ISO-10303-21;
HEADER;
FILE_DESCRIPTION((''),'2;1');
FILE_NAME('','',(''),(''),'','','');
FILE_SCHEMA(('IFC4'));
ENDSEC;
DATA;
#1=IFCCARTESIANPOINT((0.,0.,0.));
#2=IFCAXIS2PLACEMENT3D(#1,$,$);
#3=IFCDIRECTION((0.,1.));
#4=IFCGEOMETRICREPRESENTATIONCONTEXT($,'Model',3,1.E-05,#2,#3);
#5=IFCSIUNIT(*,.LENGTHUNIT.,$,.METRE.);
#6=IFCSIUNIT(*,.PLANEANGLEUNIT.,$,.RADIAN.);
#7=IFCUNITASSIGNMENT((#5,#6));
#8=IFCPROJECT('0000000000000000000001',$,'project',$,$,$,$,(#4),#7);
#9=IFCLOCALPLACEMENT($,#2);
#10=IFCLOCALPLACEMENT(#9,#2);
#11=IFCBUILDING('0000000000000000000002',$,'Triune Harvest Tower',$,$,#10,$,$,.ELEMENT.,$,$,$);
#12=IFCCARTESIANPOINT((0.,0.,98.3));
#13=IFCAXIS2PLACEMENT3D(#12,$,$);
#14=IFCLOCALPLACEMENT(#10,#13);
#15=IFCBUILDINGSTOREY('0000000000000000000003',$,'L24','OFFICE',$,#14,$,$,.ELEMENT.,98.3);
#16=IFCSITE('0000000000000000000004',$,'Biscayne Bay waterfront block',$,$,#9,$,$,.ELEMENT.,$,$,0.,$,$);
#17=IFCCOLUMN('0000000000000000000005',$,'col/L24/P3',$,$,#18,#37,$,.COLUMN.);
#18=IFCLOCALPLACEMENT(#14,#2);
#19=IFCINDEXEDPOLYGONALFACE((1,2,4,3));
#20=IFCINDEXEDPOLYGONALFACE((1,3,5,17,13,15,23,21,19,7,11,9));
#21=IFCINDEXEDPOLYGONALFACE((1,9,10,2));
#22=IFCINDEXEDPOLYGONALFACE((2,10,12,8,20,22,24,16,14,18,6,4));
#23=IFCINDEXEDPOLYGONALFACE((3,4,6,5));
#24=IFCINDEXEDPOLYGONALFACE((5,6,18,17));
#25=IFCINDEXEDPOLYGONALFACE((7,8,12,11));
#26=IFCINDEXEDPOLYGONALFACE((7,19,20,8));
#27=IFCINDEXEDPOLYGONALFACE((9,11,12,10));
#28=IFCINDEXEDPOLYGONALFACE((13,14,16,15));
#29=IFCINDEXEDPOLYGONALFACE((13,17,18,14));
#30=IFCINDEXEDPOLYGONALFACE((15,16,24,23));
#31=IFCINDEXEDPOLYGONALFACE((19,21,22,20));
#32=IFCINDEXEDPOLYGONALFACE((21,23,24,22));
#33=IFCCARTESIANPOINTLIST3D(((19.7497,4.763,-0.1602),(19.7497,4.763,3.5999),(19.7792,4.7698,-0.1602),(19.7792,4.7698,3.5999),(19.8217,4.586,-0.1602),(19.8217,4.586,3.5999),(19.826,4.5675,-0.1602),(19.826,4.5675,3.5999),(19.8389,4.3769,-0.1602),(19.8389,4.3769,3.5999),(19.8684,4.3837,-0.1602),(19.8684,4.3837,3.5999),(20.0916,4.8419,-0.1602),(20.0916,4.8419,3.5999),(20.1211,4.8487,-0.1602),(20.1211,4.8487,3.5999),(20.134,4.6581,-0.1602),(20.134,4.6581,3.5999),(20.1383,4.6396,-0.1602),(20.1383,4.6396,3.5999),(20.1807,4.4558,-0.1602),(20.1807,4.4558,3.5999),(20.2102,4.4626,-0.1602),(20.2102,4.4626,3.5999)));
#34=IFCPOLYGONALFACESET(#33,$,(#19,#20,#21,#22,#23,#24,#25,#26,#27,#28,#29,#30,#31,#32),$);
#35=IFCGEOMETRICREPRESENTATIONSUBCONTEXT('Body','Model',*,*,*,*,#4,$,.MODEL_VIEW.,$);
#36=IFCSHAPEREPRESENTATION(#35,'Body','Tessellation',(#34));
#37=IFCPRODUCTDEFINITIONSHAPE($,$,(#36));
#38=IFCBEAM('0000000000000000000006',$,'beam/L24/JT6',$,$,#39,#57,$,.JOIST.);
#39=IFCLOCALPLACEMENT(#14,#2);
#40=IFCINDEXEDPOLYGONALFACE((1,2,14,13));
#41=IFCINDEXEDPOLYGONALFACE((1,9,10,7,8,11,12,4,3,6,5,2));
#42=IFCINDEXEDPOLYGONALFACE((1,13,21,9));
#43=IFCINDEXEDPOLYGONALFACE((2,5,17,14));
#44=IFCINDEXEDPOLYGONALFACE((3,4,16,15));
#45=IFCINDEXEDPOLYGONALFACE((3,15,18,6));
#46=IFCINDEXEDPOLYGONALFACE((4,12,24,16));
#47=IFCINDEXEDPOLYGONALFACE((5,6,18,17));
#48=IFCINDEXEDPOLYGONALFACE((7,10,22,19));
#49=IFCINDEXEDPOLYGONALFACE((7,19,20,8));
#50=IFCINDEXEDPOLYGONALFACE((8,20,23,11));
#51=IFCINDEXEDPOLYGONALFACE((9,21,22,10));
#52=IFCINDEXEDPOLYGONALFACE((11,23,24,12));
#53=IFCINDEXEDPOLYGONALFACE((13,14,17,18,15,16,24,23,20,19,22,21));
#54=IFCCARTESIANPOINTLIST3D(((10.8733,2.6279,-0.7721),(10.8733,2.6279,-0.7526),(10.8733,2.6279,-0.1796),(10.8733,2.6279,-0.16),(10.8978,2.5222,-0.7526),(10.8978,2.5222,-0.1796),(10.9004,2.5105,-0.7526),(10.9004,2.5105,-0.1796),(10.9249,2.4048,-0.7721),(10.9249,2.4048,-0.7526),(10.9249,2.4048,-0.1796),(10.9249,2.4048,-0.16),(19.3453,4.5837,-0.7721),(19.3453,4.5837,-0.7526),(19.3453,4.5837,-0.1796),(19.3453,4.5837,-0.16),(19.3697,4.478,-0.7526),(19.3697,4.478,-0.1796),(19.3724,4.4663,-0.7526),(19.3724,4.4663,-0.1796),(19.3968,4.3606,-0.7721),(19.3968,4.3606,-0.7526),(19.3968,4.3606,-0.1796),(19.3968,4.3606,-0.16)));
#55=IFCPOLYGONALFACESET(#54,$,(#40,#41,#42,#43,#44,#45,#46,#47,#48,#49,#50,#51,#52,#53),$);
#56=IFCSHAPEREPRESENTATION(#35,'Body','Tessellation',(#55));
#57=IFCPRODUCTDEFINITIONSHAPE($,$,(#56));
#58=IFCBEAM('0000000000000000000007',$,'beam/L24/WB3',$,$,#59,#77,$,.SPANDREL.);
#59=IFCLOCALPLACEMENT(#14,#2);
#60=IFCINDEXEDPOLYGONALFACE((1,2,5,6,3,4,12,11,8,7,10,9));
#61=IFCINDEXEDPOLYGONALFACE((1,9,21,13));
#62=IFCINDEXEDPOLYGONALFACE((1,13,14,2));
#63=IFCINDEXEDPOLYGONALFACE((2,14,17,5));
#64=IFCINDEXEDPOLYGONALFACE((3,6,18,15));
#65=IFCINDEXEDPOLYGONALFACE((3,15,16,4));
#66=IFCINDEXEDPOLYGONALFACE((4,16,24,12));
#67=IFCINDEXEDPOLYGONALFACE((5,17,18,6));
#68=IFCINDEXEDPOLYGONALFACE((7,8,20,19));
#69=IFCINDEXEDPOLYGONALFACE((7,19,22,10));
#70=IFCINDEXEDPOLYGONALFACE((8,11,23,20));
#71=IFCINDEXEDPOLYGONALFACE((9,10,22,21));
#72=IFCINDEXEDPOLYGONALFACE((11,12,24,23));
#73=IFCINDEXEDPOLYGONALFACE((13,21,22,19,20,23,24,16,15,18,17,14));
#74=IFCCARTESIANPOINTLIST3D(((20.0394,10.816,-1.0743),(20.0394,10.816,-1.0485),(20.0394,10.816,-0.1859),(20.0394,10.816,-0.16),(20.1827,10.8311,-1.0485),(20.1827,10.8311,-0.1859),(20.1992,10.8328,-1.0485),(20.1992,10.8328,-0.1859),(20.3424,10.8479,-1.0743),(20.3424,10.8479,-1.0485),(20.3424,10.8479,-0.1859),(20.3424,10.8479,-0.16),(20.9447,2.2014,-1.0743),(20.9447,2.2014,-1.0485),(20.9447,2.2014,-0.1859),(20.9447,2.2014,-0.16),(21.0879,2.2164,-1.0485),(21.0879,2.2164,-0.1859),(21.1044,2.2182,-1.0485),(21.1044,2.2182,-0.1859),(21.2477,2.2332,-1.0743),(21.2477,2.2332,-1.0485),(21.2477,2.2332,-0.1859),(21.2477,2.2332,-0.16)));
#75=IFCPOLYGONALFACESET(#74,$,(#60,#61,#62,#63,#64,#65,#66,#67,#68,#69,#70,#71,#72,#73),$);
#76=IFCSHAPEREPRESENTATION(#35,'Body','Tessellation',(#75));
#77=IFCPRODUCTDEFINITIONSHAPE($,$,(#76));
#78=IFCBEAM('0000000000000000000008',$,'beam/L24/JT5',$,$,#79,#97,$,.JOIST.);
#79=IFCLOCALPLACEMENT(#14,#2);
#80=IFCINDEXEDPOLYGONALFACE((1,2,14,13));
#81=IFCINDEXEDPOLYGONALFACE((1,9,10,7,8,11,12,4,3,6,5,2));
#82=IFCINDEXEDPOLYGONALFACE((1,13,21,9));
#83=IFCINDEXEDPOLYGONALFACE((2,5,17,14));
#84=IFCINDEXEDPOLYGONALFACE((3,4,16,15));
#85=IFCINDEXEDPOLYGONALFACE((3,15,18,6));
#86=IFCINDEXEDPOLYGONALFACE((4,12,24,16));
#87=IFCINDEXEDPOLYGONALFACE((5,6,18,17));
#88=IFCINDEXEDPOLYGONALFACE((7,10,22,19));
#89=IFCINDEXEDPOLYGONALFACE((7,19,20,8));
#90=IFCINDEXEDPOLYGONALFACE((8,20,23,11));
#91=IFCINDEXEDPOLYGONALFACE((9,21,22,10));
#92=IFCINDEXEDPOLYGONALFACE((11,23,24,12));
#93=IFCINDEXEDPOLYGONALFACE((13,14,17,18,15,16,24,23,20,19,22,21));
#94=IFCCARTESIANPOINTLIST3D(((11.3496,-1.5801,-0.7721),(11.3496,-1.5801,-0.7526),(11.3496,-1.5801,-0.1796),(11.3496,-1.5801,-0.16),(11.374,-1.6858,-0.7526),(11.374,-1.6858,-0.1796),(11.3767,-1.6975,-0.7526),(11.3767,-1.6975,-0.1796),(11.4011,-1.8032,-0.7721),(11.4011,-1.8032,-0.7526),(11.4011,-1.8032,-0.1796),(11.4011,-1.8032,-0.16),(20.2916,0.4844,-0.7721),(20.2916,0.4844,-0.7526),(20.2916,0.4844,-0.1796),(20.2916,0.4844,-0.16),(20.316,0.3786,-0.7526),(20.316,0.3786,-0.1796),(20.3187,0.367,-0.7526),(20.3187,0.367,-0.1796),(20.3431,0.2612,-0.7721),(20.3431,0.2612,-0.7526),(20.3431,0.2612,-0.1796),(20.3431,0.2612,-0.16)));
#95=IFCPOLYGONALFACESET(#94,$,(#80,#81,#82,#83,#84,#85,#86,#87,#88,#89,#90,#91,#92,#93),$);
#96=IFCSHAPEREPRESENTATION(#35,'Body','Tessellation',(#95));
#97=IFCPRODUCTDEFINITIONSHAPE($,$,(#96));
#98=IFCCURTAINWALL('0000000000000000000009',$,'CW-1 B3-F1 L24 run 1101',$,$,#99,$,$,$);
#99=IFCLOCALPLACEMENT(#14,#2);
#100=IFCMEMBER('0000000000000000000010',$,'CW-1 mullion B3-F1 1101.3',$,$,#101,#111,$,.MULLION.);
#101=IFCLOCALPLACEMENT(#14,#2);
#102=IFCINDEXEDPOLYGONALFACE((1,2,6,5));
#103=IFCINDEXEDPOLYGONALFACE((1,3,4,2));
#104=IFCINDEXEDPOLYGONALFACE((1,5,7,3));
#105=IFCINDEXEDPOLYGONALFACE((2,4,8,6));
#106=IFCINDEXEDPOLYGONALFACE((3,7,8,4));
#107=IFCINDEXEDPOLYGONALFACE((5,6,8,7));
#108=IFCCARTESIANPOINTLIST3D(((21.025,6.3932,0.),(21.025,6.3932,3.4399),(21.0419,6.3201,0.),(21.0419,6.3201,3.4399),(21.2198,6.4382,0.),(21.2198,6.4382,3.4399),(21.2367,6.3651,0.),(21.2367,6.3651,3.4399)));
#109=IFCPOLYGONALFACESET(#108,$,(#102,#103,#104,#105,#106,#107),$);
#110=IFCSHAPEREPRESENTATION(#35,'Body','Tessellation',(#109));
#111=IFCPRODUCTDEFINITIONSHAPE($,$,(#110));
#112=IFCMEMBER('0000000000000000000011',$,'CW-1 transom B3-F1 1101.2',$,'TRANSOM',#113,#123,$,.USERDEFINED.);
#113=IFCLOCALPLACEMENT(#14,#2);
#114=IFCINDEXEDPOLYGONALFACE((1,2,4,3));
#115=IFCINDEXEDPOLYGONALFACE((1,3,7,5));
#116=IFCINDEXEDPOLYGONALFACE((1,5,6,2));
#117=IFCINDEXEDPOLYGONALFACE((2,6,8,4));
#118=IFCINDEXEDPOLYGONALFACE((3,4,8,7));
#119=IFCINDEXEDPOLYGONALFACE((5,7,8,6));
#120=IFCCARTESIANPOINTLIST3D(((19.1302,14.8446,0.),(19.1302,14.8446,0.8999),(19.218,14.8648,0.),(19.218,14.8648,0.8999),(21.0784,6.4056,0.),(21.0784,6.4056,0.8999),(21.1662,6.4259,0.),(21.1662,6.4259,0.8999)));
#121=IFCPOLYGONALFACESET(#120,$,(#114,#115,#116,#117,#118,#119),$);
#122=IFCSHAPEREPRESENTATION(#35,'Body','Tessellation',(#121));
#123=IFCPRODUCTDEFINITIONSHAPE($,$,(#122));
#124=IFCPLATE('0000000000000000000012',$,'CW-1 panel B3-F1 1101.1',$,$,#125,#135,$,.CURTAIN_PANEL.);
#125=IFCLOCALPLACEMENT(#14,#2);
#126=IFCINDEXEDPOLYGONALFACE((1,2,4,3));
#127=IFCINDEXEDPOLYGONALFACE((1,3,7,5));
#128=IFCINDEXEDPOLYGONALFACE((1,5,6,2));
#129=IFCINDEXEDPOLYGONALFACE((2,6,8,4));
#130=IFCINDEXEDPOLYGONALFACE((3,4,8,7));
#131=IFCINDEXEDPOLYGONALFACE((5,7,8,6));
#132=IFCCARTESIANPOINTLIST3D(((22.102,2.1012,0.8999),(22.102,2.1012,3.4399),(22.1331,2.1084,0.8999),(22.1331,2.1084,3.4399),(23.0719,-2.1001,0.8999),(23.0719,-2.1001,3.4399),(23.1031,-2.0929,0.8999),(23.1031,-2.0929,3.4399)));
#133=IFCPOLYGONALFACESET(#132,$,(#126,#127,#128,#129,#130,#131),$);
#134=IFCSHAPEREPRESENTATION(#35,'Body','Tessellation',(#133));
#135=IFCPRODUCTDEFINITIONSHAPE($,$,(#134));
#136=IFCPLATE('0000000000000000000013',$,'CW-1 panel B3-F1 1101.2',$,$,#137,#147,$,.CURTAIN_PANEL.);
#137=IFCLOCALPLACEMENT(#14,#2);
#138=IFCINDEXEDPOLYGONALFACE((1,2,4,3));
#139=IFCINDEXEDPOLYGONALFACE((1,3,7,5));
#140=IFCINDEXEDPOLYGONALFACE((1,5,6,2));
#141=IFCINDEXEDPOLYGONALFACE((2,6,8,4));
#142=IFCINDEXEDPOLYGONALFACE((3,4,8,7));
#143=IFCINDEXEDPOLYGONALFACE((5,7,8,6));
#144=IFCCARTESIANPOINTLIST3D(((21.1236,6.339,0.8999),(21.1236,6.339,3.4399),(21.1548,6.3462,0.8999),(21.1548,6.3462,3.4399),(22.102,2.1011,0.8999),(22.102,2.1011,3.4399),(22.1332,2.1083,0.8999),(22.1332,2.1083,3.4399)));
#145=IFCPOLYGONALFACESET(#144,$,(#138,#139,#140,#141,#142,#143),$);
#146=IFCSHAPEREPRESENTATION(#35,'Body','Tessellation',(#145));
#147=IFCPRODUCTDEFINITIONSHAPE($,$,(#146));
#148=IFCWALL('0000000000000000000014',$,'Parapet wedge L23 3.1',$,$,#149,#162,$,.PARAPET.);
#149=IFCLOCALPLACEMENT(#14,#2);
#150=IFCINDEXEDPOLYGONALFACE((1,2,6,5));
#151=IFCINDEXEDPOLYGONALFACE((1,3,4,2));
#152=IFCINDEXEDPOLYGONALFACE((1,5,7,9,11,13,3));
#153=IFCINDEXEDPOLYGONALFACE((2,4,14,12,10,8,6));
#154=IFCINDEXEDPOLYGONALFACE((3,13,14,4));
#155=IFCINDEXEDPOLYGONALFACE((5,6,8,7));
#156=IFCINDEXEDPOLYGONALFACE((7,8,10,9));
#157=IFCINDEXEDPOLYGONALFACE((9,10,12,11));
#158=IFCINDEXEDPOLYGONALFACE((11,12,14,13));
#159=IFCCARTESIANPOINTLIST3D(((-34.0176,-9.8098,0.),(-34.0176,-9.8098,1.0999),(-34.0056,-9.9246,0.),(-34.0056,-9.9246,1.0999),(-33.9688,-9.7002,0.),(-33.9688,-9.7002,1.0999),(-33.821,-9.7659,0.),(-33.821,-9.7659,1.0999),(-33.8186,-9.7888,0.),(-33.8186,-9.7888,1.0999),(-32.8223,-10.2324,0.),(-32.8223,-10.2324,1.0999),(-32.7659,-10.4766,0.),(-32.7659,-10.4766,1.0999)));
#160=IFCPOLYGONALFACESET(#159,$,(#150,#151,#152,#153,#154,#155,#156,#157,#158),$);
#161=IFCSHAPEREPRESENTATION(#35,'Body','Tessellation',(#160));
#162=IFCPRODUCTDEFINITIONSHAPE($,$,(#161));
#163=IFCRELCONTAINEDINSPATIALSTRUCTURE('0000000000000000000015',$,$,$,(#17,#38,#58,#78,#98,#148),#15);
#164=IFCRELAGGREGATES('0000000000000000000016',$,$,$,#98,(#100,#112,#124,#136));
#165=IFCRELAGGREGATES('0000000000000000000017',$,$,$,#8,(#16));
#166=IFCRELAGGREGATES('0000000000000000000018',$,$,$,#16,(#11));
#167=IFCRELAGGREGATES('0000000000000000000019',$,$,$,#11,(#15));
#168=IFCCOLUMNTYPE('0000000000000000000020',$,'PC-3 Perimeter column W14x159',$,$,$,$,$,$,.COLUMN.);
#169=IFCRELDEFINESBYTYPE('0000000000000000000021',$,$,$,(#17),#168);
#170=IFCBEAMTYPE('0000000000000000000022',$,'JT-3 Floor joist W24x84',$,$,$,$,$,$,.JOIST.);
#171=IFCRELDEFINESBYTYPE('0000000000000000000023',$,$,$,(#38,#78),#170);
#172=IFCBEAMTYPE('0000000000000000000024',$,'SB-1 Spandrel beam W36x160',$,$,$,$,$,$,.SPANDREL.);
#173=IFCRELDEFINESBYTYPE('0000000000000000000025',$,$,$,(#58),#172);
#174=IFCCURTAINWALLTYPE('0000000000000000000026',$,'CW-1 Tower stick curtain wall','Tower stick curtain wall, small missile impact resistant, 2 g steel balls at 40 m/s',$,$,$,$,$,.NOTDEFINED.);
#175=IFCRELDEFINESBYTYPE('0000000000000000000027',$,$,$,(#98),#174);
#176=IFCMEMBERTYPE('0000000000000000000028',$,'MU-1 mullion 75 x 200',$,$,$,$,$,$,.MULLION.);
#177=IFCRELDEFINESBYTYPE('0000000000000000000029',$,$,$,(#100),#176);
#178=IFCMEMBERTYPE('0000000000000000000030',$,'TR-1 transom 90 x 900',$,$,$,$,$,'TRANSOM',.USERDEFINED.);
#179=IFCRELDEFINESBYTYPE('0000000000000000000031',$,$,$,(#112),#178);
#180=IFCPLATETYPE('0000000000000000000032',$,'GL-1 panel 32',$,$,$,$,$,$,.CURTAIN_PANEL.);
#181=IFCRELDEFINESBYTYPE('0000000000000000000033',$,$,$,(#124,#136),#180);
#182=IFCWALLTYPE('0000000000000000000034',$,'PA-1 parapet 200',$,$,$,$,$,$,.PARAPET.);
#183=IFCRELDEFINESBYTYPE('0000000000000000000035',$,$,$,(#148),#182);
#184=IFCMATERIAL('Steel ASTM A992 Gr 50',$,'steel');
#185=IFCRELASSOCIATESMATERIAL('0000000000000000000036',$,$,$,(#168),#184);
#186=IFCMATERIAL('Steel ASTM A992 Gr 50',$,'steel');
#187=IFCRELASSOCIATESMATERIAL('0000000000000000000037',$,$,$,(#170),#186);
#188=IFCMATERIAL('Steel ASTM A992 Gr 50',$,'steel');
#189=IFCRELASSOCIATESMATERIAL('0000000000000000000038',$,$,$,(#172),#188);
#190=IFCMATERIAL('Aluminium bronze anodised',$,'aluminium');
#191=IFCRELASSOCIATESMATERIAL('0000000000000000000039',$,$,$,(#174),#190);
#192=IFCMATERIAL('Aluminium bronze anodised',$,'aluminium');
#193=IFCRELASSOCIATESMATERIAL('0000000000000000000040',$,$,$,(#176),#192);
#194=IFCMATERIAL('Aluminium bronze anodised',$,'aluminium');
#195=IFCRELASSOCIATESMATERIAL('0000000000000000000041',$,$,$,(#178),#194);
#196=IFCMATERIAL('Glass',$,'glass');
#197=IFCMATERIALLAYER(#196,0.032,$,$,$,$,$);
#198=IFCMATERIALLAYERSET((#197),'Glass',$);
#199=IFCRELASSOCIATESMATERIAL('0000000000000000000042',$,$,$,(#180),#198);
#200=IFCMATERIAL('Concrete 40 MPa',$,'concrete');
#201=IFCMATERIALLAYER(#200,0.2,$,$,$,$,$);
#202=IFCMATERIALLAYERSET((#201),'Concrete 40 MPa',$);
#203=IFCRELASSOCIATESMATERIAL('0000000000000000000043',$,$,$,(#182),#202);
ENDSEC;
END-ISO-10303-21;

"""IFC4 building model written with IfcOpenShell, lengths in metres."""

from ifc_helpers import new_model, si_unit, direction, frame, origin, origin_2d, place, context, subcontext, project, spatial, polyline, rectangle, i_section, outline, extrude, source, transform, mapped, material, layer, layer_set, material_profile, profile_set, type_object, element, aggregate, save


model = new_model("IFC4")

# Units and contexts
model_context = context("Model", 3, precision=1e-05, world=origin(), true_north=direction((0.0, 1.0)))
body_context = subcontext(model_context, "Body", "Model", "MODEL_VIEW")
ifc_project = project(units=[si_unit("LENGTHUNIT", "METRE"), si_unit("PLANEANGLEUNIT", "RADIAN")], contexts=[model_context])

# Site, building, storey
site_placement = place(None, origin())
site = spatial("IfcSite", under=ifc_project, at=site_placement, Name="Biscayne Bay waterfront block", CompositionType="ELEMENT", RefElevation=0.0)
building_placement = place(site_placement, origin())
building = spatial("IfcBuilding", under=site, at=building_placement, Name="Triune Harvest Tower", CompositionType="ELEMENT")
storey_placement = place(building_placement, frame((0.0, 0.0, 98.3)))
storey = spatial("IfcBuildingStorey", under=building, at=storey_placement, Name="L24", Description="OFFICE", CompositionType="ELEMENT", Elevation=98.3)

# Column
ifc_material_1 = material(Name="Steel ASTM A992 Gr 50", Category="steel")
ifc_material_profile_1 = material_profile(ifc_material_1, i_section(OverallWidth=0.3962, OverallDepth=0.3811, WebThickness=0.019, FlangeThickness=0.0303, at=origin_2d()), Name="W14x159")
ifc_profile_set_1 = profile_set([ifc_material_profile_1], Name="Steel ASTM A992 Gr 50")
column_type = type_object("IfcColumnType", Name="PC-3 Perimeter column W14x159", PredefinedType="COLUMN", material=ifc_profile_set_1)
shared_shape_1 = source(origin(), body_context, "Body", "SweptSolid", [
    extrude(i_section(OverallWidth=0.3962, OverallDepth=0.3811, WebThickness=0.019, FlangeThickness=0.0303, at=origin_2d()), origin(), (0.0, 0.0, 1.0), 3.76),
])
column_placement = place(storey_placement, frame((19.98, 4.6128, -0.1602), z_axis=(0.0, 0.0, 1.0), x_axis=(-0.224953, 0.97437, 0.0)))
element("IfcColumn", 1, at=column_placement, inside=storey, type_object=column_type, Name="col/L24/P3", PredefinedType="COLUMN", context=body_context, shape_type="MappedRepresentation", body=[
    mapped(shared_shape_1, transform((0.0, 0.0, 0.0), scale=1.0)),
])

# Beams
ifc_material_2 = material(Name="Steel ASTM A992 Gr 50", Category="steel")
ifc_material_profile_2 = material_profile(ifc_material_2, i_section(OverallWidth=0.229, OverallDepth=0.6121, WebThickness=0.012, FlangeThickness=0.0195, at=origin_2d()), Name="W24x84")
ifc_profile_set_2 = profile_set([ifc_material_profile_2], Name="Steel ASTM A992 Gr 50")
beam_type_1 = type_object("IfcBeamType", Name="JT-3 Floor joist W24x84", PredefinedType="JOIST", material=ifc_profile_set_2)
beam_1_placement = place(storey_placement, frame((19.3711, 4.4722, -0.4661), z_axis=(-0.974372, -0.224942, 0.0), x_axis=(0.224942, -0.974372, 0.0)))
element("IfcBeam", 2, at=beam_1_placement, inside=storey, type_object=beam_type_1, Name="beam/L24/JT6", PredefinedType="JOIST", context=body_context, shape_type="SweptSolid", body=[
    extrude(i_section(OverallWidth=0.229, OverallDepth=0.6121, WebThickness=0.012, FlangeThickness=0.0195, at=origin_2d()), origin(), (0.0, 0.0, 1.0), 8.6948),
])
ifc_material_3 = material(Name="Steel ASTM A992 Gr 50", Category="steel")
ifc_material_profile_3 = material_profile(ifc_material_3, i_section(OverallWidth=0.3047, OverallDepth=0.9143, WebThickness=0.0166, FlangeThickness=0.0259, at=origin_2d()), Name="W36x160")
ifc_profile_set_3 = profile_set([ifc_material_profile_3], Name="Steel ASTM A992 Gr 50")
beam_type_2 = type_object("IfcBeamType", Name="SB-1 Spandrel beam W36x160", PredefinedType="SPANDREL", material=ifc_profile_set_3)
shared_shape_2 = source(origin(), body_context, "Body", "SweptSolid", [
    extrude(i_section(OverallWidth=0.3047, OverallDepth=0.9143, WebThickness=0.0166, FlangeThickness=0.0259, at=origin_2d()), origin(), (0.0, 0.0, 1.0), 8.6621),
])
beam_2_placement = place(storey_placement, frame((21.0962, 2.2173, -0.6172), z_axis=(-0.104509, 0.994524, 0.0), x_axis=(-0.994524, -0.104509, 0.0)))
element("IfcBeam", 3, at=beam_2_placement, inside=storey, type_object=beam_type_2, Name="beam/L24/WB3", PredefinedType="SPANDREL", context=body_context, shape_type="MappedRepresentation", body=[
    mapped(shared_shape_2, transform((0.0, 0.0, 0.0), scale=1.0)),
])
shared_shape_3 = source(origin(), body_context, "Body", "SweptSolid", [
    extrude(i_section(OverallWidth=0.229, OverallDepth=0.6121, WebThickness=0.012, FlangeThickness=0.0195, at=origin_2d()), origin(), (0.0, 0.0, 1.0), 9.1772),
])
beam_3_placement = place(storey_placement, frame((20.3174, 0.3728, -0.4661), z_axis=(-0.97437, -0.224951, 0.0), x_axis=(0.224951, -0.97437, 0.0)))
element("IfcBeam", 4, at=beam_3_placement, inside=storey, type_object=beam_type_1, Name="beam/L24/JT5", PredefinedType="JOIST", context=body_context, shape_type="MappedRepresentation", body=[
    mapped(shared_shape_3, transform((0.0, 0.0, 0.0), scale=1.0)),
])

# Curtain wall, members, plates
ifc_material_4 = material(Name="Aluminium bronze anodised", Category="aluminium")
curtain_wall_type = type_object("IfcCurtainWallType", Name="CW-1 Tower stick curtain wall", Description="Tower stick curtain wall, small missile impact resistant, 2 g steel balls at 40 m/s", PredefinedType="NOTDEFINED", material=ifc_material_4)
curtain_wall_placement = place(storey_placement, origin())
curtain_wall = element("IfcCurtainWall", 5, at=curtain_wall_placement, inside=storey, type_object=curtain_wall_type, Name="CW-1 B3-F1 L24 run 1101")
ifc_material_5 = material(Name="Aluminium bronze anodised", Category="aluminium")
ifc_material_profile_4 = material_profile(ifc_material_5, rectangle(XDim=0.2, YDim=0.075, at=origin_2d()), Name="MU-1 mullion 75 x 200")
ifc_profile_set_4 = profile_set([ifc_material_profile_4], Name="Aluminium bronze anodised")
member_type_1 = type_object("IfcMemberType", Name="MU-1 mullion 75 x 200", PredefinedType="MULLION", material=ifc_profile_set_4)
shared_shape_4 = source(origin(), body_context, "Body", "SweptSolid", [
    extrude(rectangle(XDim=0.2, YDim=0.075, at=origin_2d()), origin(), (0.0, 0.0, 1.0), 3.4399),
])
member_1_placement = place(storey_placement, frame((21.1309, 6.3792, 0.0), z_axis=(0.0, 0.0, 1.0), x_axis=(-0.974369, -0.224955, 0.0)))
member_1 = element("IfcMember", 6, at=member_1_placement, type_object=member_type_1, Name="CW-1 mullion B3-F1 1101.3", PredefinedType="MULLION", context=body_context, shape_type="MappedRepresentation", body=[
    mapped(shared_shape_4, transform((0.0, 0.0, 0.0), scale=1.0)),
])
ifc_material_6 = material(Name="Aluminium bronze anodised", Category="aluminium")
ifc_material_profile_5 = material_profile(ifc_material_6, rectangle(XDim=0.0901, YDim=0.8999, at=origin_2d()), Name="TR-1 transom 90 x 900")
ifc_profile_set_5 = profile_set([ifc_material_profile_5], Name="Aluminium bronze anodised")
member_type_2 = type_object("IfcMemberType", Name="TR-1 transom 90 x 900", ElementType="TRANSOM", PredefinedType="USERDEFINED", material=ifc_profile_set_5)
shared_shape_5 = source(origin(), body_context, "Body", "SweptSolid", [
    extrude(rectangle(XDim=0.0901, YDim=0.8999, at=origin_2d()), origin(), (0.0, 0.0, 1.0), 8.6609),
])
member_2_placement = place(storey_placement, frame((21.1223, 6.4158, 0.45), z_axis=(-0.224946, 0.974371, 0.0), x_axis=(-0.974371, -0.224946, 0.0)))
member_2 = element("IfcMember", 7, at=member_2_placement, type_object=member_type_2, Name="CW-1 transom B3-F1 1101.2", ObjectType="TRANSOM", PredefinedType="USERDEFINED", context=body_context, shape_type="MappedRepresentation", body=[
    mapped(shared_shape_5, transform((0.0, 0.0, 0.0), scale=1.0)),
])
ifc_material_7 = material(Name="Glass", Category="glass")
ifc_layer_1 = layer(ifc_material_7, 0.032)
ifc_layer_set_1 = layer_set([ifc_layer_1], Name="Glass")
plate_type = type_object("IfcPlateType", Name="GL-1 panel 32", PredefinedType="CURTAIN_PANEL", material=ifc_layer_set_1)
shared_shape_6 = source(origin(), body_context, "Body", "SweptSolid", [
    extrude(rectangle(XDim=4.3118, YDim=0.032, at=origin_2d()), origin(), (0.0, 0.0, 1.0), 2.54),
])
plate_1_placement = place(storey_placement, frame((22.6025, 0.0042, 0.8999), z_axis=(0.0, 0.0, 1.0), x_axis=(-0.224955, 0.974369, 0.0)))
plate_1 = element("IfcPlate", 8, at=plate_1_placement, type_object=plate_type, Name="CW-1 panel B3-F1 1101.1", PredefinedType="CURTAIN_PANEL", context=body_context, shape_type="MappedRepresentation", body=[
    mapped(shared_shape_6, transform((0.0, 0.0, 0.0), scale=1.0)),
])
shared_shape_7 = source(origin(), body_context, "Body", "SweptSolid", [
    extrude(rectangle(XDim=4.3494, YDim=0.032, at=origin_2d()), origin(), (0.0, 0.0, 1.0), 2.54),
])
plate_2_placement = place(storey_placement, frame((21.6284, 4.2236, 0.8999), z_axis=(0.0, 0.0, 1.0), x_axis=(-0.224955, 0.974369, 0.0)))
plate_2 = element("IfcPlate", 9, at=plate_2_placement, type_object=plate_type, Name="CW-1 panel B3-F1 1101.2", PredefinedType="CURTAIN_PANEL", context=body_context, shape_type="MappedRepresentation", body=[
    mapped(shared_shape_7, transform((0.0, 0.0, 0.0), scale=1.0)),
])
aggregate(curtain_wall, [member_1, member_2, plate_1, plate_2])

# Wall
ifc_material_8 = material(Name="Concrete 40 MPa", Category="concrete")
ifc_layer_2 = layer(ifc_material_8, 0.2)
ifc_layer_set_2 = layer_set([ifc_layer_2], Name="Concrete 40 MPa")
wall_type_1 = type_object("IfcWallType", Name="PA-1 parapet 200", PredefinedType="PARAPET", material=ifc_layer_set_2)
wall_1_placement = place(storey_placement, origin())
element("IfcWall", 10, at=wall_1_placement, inside=storey, type_object=wall_type_1, Name="Parapet wedge L23 3.1", PredefinedType="PARAPET", context=body_context, shape_type="SweptSolid", body=[
    extrude(outline(polyline([(-33.821, -9.7659), (-33.8186, -9.7888), (-32.8223, -10.2324), (-32.7659, -10.4766), (-34.0056, -9.9246), (-34.0176, -9.8098), (-33.9688, -9.7002), (-33.821, -9.7659)])), origin(), (0.0, 0.0, 1.0), 1.0999),
])

save(model, "model.ifc")
